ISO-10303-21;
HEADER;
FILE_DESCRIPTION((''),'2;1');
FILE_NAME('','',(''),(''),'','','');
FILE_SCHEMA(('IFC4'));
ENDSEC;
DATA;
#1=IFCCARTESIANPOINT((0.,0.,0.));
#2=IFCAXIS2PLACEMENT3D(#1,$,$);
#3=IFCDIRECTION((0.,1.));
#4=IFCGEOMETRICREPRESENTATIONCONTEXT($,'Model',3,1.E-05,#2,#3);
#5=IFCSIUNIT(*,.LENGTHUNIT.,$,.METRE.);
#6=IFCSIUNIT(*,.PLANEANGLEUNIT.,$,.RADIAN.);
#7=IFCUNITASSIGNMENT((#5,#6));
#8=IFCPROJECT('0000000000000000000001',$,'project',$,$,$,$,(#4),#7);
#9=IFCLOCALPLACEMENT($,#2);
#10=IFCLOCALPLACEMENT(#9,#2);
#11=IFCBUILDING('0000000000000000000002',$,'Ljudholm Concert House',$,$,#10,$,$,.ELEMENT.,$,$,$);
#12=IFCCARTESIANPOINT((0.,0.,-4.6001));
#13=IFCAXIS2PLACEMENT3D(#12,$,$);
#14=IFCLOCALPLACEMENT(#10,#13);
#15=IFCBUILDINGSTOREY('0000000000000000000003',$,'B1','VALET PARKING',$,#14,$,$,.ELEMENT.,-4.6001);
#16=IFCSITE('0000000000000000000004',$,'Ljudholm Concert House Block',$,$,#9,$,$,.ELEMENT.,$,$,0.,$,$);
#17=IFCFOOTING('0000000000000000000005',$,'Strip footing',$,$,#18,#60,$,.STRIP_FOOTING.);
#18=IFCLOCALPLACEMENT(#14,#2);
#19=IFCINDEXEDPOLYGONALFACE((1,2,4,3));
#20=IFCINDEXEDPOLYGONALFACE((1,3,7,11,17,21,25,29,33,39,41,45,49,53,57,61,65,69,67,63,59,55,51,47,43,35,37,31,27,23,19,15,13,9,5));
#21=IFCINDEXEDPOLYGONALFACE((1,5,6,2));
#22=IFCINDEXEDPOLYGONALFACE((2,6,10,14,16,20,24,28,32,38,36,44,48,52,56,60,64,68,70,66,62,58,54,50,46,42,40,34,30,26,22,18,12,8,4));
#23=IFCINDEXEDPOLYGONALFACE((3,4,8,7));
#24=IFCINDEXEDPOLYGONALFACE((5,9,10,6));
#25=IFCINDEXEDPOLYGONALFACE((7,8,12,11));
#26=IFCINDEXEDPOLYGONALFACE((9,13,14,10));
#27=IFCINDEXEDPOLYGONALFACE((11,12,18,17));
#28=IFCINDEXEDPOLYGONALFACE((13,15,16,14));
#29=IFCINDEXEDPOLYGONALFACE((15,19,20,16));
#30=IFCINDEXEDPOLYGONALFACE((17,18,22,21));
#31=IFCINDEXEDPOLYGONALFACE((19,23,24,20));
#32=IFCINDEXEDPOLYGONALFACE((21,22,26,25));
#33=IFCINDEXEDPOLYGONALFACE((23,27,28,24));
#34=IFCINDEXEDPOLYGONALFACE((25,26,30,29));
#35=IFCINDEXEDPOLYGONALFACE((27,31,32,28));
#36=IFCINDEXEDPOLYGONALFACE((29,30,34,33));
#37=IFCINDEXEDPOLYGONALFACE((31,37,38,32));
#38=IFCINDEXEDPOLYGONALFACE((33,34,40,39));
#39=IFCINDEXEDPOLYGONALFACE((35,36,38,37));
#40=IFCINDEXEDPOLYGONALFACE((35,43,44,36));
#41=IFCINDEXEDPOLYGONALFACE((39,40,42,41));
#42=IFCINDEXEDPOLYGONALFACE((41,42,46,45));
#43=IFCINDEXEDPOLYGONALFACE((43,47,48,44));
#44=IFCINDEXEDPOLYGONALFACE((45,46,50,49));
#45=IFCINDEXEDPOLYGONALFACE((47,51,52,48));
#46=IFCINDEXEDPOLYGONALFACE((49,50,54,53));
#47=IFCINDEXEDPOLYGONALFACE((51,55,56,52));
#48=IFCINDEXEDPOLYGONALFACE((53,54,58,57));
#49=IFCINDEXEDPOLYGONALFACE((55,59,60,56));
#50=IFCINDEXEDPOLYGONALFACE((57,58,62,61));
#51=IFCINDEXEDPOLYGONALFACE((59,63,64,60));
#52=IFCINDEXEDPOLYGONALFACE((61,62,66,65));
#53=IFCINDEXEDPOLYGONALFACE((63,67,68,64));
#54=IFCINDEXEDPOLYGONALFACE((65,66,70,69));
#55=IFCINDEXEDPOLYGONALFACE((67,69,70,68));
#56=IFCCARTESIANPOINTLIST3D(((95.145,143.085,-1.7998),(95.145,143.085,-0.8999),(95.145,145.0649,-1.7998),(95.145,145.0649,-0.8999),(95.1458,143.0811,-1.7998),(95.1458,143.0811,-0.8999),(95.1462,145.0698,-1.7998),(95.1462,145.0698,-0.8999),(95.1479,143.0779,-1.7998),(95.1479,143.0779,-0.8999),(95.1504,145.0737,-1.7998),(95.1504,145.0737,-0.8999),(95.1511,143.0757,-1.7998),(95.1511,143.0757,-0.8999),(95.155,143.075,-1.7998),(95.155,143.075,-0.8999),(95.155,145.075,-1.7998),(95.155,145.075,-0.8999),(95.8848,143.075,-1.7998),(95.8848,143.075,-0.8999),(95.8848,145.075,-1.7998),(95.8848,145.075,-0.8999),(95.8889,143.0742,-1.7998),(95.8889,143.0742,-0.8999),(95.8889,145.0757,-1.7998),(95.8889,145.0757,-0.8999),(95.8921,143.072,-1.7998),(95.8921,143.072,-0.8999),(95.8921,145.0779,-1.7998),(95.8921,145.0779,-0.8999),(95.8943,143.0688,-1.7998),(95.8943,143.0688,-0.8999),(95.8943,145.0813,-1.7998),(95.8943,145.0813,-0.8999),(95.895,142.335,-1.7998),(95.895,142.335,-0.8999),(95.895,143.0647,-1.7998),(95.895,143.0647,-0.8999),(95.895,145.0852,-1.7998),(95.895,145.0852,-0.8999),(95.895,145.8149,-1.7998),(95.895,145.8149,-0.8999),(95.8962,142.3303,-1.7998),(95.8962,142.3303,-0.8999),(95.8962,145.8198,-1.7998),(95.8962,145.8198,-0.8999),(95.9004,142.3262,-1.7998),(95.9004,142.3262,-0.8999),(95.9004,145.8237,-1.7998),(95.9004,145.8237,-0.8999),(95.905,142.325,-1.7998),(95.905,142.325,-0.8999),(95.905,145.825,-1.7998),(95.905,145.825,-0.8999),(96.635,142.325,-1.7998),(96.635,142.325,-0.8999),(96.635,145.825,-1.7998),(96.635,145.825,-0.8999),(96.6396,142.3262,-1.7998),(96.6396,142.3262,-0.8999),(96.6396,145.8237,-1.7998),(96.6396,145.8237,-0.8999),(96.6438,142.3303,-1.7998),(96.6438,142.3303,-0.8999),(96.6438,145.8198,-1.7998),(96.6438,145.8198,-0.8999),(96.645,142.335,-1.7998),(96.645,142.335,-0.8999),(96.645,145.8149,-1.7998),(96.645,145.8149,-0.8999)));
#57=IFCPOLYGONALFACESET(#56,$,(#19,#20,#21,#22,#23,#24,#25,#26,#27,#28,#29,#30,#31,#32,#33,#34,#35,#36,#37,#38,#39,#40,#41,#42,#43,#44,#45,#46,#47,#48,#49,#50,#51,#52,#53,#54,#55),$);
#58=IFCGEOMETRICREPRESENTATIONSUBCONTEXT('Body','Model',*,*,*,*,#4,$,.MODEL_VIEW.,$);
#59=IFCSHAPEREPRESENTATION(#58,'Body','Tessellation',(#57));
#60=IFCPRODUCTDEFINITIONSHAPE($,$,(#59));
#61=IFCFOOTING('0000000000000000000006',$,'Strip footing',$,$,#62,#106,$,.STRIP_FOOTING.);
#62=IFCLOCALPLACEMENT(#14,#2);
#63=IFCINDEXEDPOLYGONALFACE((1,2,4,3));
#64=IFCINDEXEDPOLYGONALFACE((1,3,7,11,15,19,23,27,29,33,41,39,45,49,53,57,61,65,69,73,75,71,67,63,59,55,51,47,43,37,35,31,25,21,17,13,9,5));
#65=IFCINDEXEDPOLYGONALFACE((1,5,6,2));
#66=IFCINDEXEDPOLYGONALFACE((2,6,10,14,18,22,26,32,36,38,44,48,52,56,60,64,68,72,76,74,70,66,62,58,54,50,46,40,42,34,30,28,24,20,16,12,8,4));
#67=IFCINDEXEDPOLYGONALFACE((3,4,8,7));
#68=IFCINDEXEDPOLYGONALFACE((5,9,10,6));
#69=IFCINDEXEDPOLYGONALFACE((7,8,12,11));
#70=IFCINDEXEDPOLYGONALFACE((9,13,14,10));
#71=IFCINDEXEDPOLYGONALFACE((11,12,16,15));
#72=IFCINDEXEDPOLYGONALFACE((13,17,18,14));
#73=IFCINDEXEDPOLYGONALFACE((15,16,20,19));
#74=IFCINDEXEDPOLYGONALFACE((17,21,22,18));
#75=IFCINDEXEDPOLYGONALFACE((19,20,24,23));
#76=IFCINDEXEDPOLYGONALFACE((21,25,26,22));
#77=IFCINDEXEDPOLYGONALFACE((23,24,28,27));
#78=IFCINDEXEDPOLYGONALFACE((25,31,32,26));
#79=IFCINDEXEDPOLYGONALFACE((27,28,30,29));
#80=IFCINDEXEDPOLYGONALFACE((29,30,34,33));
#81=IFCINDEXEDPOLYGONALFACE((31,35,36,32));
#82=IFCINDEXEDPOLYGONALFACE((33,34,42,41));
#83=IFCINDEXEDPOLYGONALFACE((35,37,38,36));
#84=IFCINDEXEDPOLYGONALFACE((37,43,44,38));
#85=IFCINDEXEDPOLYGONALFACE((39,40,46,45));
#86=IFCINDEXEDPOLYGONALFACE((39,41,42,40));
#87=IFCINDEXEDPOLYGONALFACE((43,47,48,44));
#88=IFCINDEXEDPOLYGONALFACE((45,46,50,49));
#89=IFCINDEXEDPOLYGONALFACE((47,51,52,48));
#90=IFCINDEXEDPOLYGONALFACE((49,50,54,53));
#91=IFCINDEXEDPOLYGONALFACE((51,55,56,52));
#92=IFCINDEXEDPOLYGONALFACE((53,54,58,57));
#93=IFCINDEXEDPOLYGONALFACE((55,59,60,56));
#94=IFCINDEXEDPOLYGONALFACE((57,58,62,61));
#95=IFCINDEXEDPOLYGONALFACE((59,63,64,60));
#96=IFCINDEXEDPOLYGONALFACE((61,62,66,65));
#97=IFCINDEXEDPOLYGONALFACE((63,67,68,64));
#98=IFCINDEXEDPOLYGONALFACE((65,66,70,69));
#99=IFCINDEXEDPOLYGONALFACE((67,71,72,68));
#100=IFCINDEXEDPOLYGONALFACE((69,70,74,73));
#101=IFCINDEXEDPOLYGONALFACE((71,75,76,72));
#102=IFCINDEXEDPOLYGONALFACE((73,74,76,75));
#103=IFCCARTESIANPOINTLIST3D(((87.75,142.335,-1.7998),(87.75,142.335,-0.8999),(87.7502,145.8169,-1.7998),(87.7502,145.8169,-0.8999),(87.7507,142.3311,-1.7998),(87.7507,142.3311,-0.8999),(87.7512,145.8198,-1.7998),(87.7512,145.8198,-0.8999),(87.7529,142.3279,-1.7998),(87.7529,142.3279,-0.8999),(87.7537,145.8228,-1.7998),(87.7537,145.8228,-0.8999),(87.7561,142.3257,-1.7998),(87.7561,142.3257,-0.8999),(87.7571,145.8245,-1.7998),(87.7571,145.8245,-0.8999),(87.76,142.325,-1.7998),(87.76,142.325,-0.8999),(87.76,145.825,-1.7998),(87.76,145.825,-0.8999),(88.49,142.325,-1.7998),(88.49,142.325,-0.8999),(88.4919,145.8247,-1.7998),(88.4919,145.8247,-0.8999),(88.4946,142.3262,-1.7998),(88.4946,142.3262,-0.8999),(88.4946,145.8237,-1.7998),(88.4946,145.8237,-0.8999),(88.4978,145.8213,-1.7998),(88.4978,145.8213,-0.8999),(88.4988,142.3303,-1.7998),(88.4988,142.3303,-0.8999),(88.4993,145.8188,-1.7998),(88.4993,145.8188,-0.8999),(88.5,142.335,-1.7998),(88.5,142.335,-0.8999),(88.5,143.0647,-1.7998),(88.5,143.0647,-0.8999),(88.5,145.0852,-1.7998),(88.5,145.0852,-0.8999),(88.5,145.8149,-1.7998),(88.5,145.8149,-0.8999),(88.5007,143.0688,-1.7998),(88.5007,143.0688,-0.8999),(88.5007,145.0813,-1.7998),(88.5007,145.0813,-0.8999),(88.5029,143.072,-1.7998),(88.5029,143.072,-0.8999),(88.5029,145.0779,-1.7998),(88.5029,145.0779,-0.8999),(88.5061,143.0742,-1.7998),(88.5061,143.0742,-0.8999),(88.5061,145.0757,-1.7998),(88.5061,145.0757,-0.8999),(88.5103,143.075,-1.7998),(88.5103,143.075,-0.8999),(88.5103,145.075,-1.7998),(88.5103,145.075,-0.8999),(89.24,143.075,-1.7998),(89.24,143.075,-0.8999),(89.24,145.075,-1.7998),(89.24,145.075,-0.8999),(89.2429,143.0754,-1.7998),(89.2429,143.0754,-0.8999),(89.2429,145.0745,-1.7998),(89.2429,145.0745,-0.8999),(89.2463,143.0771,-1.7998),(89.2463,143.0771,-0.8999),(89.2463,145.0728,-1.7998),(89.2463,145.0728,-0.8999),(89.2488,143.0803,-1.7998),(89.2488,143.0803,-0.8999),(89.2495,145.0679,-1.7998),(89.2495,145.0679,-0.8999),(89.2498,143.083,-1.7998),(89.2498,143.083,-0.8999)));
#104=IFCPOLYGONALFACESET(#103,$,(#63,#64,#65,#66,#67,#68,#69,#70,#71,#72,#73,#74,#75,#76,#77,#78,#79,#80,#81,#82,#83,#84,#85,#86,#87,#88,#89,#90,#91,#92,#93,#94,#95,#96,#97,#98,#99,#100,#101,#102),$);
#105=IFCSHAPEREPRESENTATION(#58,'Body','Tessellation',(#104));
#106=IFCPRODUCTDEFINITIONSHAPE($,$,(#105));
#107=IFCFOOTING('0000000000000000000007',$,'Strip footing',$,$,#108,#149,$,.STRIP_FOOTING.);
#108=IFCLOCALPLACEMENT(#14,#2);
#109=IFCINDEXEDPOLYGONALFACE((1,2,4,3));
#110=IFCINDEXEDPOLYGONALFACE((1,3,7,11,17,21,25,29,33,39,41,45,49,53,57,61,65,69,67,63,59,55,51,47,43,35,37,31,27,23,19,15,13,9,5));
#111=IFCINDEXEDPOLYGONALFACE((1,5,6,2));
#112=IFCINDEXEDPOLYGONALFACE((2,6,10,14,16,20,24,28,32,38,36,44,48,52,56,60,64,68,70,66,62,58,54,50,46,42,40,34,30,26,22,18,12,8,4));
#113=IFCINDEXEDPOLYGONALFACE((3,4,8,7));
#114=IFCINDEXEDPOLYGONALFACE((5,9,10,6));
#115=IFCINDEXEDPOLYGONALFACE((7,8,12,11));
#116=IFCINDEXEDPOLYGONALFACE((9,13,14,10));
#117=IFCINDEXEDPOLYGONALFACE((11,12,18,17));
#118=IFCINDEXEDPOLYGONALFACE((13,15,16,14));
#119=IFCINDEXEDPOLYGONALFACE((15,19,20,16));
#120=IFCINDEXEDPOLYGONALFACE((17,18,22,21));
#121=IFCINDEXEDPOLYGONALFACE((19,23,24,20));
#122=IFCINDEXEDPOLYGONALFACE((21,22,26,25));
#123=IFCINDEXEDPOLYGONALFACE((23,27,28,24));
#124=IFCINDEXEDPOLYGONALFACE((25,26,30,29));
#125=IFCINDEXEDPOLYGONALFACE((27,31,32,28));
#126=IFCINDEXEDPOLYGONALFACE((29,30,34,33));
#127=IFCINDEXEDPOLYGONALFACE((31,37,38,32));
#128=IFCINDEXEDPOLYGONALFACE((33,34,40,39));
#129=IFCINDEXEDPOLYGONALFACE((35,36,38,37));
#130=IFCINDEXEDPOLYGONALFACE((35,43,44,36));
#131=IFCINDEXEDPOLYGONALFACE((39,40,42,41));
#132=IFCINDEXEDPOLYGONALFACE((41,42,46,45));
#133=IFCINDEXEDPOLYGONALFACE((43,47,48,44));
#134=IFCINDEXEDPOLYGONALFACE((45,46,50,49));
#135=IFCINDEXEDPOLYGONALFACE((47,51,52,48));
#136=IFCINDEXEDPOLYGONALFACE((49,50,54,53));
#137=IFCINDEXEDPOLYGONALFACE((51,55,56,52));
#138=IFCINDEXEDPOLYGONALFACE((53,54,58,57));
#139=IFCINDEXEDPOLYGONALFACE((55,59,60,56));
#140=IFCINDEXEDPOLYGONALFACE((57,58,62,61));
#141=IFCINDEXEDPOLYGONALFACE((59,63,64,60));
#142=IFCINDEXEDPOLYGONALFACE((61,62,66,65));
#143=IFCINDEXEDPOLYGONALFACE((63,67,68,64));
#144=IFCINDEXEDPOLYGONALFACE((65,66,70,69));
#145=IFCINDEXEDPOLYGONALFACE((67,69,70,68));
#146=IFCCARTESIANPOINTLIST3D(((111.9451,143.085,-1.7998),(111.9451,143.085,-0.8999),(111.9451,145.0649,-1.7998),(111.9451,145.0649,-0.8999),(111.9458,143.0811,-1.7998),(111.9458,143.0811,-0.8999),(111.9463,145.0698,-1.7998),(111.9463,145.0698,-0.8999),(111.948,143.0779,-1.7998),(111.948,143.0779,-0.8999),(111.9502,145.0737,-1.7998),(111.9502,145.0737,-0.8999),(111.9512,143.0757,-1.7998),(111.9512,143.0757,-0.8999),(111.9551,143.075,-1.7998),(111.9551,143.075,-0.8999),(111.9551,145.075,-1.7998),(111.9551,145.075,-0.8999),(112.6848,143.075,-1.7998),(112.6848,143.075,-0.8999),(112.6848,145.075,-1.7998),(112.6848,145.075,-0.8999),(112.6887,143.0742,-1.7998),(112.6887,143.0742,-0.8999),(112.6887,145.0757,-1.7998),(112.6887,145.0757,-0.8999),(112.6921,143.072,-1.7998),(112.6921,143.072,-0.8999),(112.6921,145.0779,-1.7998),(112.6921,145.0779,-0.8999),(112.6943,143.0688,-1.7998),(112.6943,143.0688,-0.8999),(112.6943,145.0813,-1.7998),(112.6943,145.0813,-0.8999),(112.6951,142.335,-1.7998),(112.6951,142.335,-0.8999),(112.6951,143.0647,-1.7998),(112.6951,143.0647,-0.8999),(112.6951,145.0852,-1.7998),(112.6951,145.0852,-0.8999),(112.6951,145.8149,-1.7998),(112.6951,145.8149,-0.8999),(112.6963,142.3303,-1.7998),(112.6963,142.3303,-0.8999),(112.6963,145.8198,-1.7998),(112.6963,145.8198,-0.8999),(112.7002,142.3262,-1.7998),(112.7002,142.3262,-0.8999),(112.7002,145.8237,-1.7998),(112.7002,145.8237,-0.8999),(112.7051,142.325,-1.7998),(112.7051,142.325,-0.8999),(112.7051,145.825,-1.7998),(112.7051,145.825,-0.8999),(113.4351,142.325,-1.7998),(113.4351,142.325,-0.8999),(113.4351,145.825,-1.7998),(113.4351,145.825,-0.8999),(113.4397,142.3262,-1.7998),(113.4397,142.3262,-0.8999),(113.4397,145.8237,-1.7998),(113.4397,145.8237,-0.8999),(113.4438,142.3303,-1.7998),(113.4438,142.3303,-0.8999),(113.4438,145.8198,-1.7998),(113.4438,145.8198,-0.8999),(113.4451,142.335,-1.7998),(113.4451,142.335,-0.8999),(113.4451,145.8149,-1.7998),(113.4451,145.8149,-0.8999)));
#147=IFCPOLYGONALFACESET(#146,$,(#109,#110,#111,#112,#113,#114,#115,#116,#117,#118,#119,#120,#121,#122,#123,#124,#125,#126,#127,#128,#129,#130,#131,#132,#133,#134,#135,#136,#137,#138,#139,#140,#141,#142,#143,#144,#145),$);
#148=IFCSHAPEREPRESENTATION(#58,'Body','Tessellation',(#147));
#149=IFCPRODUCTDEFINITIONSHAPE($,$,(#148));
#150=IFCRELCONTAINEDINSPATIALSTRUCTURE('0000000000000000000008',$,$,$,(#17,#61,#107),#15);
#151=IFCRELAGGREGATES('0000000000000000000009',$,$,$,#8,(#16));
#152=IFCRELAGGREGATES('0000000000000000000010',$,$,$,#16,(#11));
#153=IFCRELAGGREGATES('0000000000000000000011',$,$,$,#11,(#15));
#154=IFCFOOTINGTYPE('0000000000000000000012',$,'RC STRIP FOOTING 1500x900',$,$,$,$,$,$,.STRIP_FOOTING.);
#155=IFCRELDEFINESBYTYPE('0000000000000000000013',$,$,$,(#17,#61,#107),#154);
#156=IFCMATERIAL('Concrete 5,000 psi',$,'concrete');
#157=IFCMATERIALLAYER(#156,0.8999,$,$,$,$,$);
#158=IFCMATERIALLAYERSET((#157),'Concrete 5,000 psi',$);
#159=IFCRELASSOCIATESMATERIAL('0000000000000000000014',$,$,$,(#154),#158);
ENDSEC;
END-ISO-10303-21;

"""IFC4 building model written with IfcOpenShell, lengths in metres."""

from ifc_helpers import new_model, si_unit, direction, frame, origin, place, context, subcontext, project, spatial, polyline, outline, extrude, material, layer, layer_set, type_object, element, save


model = new_model("IFC4")

# Units and contexts
model_context = context("Model", 3, precision=1e-05, world=origin(), true_north=direction((0.0, 1.0)))
body_context = subcontext(model_context, "Body", "Model", "MODEL_VIEW")
ifc_project = project(units=[si_unit("LENGTHUNIT", "METRE"), si_unit("PLANEANGLEUNIT", "RADIAN")], contexts=[model_context])

# Site, building, storey
site_placement = place(None, origin())
site = spatial("IfcSite", under=ifc_project, at=site_placement, Name="Ljudholm Concert House Block", CompositionType="ELEMENT", RefElevation=0.0)
building_placement = place(site_placement, origin())
building = spatial("IfcBuilding", under=site, at=building_placement, Name="Ljudholm Concert House", CompositionType="ELEMENT")
storey_placement = place(building_placement, frame((0.0, 0.0, -4.6001)))
storey = spatial("IfcBuildingStorey", under=building, at=storey_placement, Name="B1", Description="VALET PARKING", CompositionType="ELEMENT", Elevation=-4.6001)

# Footings
ifc_material_1 = material(Name="Concrete 5,000 psi", Category="concrete")
ifc_layer_1 = layer(ifc_material_1, 0.8999)
ifc_layer_set_1 = layer_set([ifc_layer_1], Name="Concrete 5,000 psi")
footing_type_1 = type_object("IfcFootingType", Name="RC STRIP FOOTING 1500x900", PredefinedType="STRIP_FOOTING", material=ifc_layer_set_1)
footing_1_placement = place(storey_placement, frame((0.0, 0.0, -1.7998)))
element("IfcFooting", 1, at=footing_1_placement, inside=storey, type_object=footing_type_1, Name="Strip footing", PredefinedType="STRIP_FOOTING", context=body_context, shape_type="SweptSolid", body=[
    extrude(outline(polyline([(95.155, 143.075), (95.8848, 143.075), (95.8889, 143.0742), (95.8921, 143.072), (95.8943, 143.0688), (95.895, 143.0647), (95.895, 142.335), (95.8962, 142.3303), (95.9004, 142.3262), (95.905, 142.325), (96.635, 142.325), (96.6396, 142.3262), (96.6438, 142.3303), (96.645, 142.335), (96.645, 145.8149), (96.6438, 145.8198), (96.6396, 145.8237), (96.635, 145.825), (95.905, 145.825), (95.9004, 145.8237), (95.8962, 145.8198), (95.895, 145.8149), (95.895, 145.0852), (95.8943, 145.0813), (95.8921, 145.0779), (95.8889, 145.0757), (95.8848, 145.075), (95.155, 145.075), (95.1504, 145.0737), (95.1462, 145.0698), (95.145, 145.0649), (95.145, 143.085), (95.1458, 143.0811), (95.1479, 143.0779), (95.1511, 143.0757), (95.155, 143.075)])), origin(), (0.0, 0.0, 1.0), 0.8999),
])
footing_2_placement = place(storey_placement, frame((0.0, 0.0, -1.7998)))
element("IfcFooting", 2, at=footing_2_placement, inside=storey, type_object=footing_type_1, Name="Strip footing", PredefinedType="STRIP_FOOTING", context=body_context, shape_type="SweptSolid", body=[
    extrude(outline(polyline([(87.76, 142.325), (88.49, 142.325), (88.4946, 142.3262), (88.4988, 142.3303), (88.5, 142.335), (88.5, 143.0647), (88.5007, 143.0688), (88.5029, 143.072), (88.5061, 143.0742), (88.5103, 143.075), (89.24, 143.075), (89.2429, 143.0754), (89.2463, 143.0771), (89.2488, 143.0803), (89.2498, 143.083), (89.2495, 145.0679), (89.2463, 145.0728), (89.2429, 145.0745), (89.24, 145.075), (88.5103, 145.075), (88.5061, 145.0757), (88.5029, 145.0779), (88.5007, 145.0813), (88.5, 145.0852), (88.5, 145.8149), (88.4993, 145.8188), (88.4978, 145.8213), (88.4946, 145.8237), (88.4919, 145.8247), (87.76, 145.825), (87.7571, 145.8245), (87.7537, 145.8228), (87.7512, 145.8198), (87.7502, 145.8169), (87.75, 142.335), (87.7507, 142.3311), (87.7529, 142.3279), (87.7561, 142.3257), (87.76, 142.325)])), origin(), (0.0, 0.0, 1.0), 0.8999),
])
footing_3_placement = place(storey_placement, frame((0.0, 0.0, -1.7998)))
element("IfcFooting", 3, at=footing_3_placement, inside=storey, type_object=footing_type_1, Name="Strip footing", PredefinedType="STRIP_FOOTING", context=body_context, shape_type="SweptSolid", body=[
    extrude(outline(polyline([(111.9551, 143.075), (112.6848, 143.075), (112.6887, 143.0742), (112.6921, 143.072), (112.6943, 143.0688), (112.6951, 143.0647), (112.6951, 142.335), (112.6963, 142.3303), (112.7002, 142.3262), (112.7051, 142.325), (113.4351, 142.325), (113.4397, 142.3262), (113.4438, 142.3303), (113.4451, 142.335), (113.4451, 145.8149), (113.4438, 145.8198), (113.4397, 145.8237), (113.4351, 145.825), (112.7051, 145.825), (112.7002, 145.8237), (112.6963, 145.8198), (112.6951, 145.8149), (112.6951, 145.0852), (112.6943, 145.0813), (112.6921, 145.0779), (112.6887, 145.0757), (112.6848, 145.075), (111.9551, 145.075), (111.9502, 145.0737), (111.9463, 145.0698), (111.9451, 145.0649), (111.9451, 143.085), (111.9458, 143.0811), (111.948, 143.0779), (111.9512, 143.0757), (111.9551, 143.075)])), origin(), (0.0, 0.0, 1.0), 0.8999),
])

save(model, "model.ifc")
